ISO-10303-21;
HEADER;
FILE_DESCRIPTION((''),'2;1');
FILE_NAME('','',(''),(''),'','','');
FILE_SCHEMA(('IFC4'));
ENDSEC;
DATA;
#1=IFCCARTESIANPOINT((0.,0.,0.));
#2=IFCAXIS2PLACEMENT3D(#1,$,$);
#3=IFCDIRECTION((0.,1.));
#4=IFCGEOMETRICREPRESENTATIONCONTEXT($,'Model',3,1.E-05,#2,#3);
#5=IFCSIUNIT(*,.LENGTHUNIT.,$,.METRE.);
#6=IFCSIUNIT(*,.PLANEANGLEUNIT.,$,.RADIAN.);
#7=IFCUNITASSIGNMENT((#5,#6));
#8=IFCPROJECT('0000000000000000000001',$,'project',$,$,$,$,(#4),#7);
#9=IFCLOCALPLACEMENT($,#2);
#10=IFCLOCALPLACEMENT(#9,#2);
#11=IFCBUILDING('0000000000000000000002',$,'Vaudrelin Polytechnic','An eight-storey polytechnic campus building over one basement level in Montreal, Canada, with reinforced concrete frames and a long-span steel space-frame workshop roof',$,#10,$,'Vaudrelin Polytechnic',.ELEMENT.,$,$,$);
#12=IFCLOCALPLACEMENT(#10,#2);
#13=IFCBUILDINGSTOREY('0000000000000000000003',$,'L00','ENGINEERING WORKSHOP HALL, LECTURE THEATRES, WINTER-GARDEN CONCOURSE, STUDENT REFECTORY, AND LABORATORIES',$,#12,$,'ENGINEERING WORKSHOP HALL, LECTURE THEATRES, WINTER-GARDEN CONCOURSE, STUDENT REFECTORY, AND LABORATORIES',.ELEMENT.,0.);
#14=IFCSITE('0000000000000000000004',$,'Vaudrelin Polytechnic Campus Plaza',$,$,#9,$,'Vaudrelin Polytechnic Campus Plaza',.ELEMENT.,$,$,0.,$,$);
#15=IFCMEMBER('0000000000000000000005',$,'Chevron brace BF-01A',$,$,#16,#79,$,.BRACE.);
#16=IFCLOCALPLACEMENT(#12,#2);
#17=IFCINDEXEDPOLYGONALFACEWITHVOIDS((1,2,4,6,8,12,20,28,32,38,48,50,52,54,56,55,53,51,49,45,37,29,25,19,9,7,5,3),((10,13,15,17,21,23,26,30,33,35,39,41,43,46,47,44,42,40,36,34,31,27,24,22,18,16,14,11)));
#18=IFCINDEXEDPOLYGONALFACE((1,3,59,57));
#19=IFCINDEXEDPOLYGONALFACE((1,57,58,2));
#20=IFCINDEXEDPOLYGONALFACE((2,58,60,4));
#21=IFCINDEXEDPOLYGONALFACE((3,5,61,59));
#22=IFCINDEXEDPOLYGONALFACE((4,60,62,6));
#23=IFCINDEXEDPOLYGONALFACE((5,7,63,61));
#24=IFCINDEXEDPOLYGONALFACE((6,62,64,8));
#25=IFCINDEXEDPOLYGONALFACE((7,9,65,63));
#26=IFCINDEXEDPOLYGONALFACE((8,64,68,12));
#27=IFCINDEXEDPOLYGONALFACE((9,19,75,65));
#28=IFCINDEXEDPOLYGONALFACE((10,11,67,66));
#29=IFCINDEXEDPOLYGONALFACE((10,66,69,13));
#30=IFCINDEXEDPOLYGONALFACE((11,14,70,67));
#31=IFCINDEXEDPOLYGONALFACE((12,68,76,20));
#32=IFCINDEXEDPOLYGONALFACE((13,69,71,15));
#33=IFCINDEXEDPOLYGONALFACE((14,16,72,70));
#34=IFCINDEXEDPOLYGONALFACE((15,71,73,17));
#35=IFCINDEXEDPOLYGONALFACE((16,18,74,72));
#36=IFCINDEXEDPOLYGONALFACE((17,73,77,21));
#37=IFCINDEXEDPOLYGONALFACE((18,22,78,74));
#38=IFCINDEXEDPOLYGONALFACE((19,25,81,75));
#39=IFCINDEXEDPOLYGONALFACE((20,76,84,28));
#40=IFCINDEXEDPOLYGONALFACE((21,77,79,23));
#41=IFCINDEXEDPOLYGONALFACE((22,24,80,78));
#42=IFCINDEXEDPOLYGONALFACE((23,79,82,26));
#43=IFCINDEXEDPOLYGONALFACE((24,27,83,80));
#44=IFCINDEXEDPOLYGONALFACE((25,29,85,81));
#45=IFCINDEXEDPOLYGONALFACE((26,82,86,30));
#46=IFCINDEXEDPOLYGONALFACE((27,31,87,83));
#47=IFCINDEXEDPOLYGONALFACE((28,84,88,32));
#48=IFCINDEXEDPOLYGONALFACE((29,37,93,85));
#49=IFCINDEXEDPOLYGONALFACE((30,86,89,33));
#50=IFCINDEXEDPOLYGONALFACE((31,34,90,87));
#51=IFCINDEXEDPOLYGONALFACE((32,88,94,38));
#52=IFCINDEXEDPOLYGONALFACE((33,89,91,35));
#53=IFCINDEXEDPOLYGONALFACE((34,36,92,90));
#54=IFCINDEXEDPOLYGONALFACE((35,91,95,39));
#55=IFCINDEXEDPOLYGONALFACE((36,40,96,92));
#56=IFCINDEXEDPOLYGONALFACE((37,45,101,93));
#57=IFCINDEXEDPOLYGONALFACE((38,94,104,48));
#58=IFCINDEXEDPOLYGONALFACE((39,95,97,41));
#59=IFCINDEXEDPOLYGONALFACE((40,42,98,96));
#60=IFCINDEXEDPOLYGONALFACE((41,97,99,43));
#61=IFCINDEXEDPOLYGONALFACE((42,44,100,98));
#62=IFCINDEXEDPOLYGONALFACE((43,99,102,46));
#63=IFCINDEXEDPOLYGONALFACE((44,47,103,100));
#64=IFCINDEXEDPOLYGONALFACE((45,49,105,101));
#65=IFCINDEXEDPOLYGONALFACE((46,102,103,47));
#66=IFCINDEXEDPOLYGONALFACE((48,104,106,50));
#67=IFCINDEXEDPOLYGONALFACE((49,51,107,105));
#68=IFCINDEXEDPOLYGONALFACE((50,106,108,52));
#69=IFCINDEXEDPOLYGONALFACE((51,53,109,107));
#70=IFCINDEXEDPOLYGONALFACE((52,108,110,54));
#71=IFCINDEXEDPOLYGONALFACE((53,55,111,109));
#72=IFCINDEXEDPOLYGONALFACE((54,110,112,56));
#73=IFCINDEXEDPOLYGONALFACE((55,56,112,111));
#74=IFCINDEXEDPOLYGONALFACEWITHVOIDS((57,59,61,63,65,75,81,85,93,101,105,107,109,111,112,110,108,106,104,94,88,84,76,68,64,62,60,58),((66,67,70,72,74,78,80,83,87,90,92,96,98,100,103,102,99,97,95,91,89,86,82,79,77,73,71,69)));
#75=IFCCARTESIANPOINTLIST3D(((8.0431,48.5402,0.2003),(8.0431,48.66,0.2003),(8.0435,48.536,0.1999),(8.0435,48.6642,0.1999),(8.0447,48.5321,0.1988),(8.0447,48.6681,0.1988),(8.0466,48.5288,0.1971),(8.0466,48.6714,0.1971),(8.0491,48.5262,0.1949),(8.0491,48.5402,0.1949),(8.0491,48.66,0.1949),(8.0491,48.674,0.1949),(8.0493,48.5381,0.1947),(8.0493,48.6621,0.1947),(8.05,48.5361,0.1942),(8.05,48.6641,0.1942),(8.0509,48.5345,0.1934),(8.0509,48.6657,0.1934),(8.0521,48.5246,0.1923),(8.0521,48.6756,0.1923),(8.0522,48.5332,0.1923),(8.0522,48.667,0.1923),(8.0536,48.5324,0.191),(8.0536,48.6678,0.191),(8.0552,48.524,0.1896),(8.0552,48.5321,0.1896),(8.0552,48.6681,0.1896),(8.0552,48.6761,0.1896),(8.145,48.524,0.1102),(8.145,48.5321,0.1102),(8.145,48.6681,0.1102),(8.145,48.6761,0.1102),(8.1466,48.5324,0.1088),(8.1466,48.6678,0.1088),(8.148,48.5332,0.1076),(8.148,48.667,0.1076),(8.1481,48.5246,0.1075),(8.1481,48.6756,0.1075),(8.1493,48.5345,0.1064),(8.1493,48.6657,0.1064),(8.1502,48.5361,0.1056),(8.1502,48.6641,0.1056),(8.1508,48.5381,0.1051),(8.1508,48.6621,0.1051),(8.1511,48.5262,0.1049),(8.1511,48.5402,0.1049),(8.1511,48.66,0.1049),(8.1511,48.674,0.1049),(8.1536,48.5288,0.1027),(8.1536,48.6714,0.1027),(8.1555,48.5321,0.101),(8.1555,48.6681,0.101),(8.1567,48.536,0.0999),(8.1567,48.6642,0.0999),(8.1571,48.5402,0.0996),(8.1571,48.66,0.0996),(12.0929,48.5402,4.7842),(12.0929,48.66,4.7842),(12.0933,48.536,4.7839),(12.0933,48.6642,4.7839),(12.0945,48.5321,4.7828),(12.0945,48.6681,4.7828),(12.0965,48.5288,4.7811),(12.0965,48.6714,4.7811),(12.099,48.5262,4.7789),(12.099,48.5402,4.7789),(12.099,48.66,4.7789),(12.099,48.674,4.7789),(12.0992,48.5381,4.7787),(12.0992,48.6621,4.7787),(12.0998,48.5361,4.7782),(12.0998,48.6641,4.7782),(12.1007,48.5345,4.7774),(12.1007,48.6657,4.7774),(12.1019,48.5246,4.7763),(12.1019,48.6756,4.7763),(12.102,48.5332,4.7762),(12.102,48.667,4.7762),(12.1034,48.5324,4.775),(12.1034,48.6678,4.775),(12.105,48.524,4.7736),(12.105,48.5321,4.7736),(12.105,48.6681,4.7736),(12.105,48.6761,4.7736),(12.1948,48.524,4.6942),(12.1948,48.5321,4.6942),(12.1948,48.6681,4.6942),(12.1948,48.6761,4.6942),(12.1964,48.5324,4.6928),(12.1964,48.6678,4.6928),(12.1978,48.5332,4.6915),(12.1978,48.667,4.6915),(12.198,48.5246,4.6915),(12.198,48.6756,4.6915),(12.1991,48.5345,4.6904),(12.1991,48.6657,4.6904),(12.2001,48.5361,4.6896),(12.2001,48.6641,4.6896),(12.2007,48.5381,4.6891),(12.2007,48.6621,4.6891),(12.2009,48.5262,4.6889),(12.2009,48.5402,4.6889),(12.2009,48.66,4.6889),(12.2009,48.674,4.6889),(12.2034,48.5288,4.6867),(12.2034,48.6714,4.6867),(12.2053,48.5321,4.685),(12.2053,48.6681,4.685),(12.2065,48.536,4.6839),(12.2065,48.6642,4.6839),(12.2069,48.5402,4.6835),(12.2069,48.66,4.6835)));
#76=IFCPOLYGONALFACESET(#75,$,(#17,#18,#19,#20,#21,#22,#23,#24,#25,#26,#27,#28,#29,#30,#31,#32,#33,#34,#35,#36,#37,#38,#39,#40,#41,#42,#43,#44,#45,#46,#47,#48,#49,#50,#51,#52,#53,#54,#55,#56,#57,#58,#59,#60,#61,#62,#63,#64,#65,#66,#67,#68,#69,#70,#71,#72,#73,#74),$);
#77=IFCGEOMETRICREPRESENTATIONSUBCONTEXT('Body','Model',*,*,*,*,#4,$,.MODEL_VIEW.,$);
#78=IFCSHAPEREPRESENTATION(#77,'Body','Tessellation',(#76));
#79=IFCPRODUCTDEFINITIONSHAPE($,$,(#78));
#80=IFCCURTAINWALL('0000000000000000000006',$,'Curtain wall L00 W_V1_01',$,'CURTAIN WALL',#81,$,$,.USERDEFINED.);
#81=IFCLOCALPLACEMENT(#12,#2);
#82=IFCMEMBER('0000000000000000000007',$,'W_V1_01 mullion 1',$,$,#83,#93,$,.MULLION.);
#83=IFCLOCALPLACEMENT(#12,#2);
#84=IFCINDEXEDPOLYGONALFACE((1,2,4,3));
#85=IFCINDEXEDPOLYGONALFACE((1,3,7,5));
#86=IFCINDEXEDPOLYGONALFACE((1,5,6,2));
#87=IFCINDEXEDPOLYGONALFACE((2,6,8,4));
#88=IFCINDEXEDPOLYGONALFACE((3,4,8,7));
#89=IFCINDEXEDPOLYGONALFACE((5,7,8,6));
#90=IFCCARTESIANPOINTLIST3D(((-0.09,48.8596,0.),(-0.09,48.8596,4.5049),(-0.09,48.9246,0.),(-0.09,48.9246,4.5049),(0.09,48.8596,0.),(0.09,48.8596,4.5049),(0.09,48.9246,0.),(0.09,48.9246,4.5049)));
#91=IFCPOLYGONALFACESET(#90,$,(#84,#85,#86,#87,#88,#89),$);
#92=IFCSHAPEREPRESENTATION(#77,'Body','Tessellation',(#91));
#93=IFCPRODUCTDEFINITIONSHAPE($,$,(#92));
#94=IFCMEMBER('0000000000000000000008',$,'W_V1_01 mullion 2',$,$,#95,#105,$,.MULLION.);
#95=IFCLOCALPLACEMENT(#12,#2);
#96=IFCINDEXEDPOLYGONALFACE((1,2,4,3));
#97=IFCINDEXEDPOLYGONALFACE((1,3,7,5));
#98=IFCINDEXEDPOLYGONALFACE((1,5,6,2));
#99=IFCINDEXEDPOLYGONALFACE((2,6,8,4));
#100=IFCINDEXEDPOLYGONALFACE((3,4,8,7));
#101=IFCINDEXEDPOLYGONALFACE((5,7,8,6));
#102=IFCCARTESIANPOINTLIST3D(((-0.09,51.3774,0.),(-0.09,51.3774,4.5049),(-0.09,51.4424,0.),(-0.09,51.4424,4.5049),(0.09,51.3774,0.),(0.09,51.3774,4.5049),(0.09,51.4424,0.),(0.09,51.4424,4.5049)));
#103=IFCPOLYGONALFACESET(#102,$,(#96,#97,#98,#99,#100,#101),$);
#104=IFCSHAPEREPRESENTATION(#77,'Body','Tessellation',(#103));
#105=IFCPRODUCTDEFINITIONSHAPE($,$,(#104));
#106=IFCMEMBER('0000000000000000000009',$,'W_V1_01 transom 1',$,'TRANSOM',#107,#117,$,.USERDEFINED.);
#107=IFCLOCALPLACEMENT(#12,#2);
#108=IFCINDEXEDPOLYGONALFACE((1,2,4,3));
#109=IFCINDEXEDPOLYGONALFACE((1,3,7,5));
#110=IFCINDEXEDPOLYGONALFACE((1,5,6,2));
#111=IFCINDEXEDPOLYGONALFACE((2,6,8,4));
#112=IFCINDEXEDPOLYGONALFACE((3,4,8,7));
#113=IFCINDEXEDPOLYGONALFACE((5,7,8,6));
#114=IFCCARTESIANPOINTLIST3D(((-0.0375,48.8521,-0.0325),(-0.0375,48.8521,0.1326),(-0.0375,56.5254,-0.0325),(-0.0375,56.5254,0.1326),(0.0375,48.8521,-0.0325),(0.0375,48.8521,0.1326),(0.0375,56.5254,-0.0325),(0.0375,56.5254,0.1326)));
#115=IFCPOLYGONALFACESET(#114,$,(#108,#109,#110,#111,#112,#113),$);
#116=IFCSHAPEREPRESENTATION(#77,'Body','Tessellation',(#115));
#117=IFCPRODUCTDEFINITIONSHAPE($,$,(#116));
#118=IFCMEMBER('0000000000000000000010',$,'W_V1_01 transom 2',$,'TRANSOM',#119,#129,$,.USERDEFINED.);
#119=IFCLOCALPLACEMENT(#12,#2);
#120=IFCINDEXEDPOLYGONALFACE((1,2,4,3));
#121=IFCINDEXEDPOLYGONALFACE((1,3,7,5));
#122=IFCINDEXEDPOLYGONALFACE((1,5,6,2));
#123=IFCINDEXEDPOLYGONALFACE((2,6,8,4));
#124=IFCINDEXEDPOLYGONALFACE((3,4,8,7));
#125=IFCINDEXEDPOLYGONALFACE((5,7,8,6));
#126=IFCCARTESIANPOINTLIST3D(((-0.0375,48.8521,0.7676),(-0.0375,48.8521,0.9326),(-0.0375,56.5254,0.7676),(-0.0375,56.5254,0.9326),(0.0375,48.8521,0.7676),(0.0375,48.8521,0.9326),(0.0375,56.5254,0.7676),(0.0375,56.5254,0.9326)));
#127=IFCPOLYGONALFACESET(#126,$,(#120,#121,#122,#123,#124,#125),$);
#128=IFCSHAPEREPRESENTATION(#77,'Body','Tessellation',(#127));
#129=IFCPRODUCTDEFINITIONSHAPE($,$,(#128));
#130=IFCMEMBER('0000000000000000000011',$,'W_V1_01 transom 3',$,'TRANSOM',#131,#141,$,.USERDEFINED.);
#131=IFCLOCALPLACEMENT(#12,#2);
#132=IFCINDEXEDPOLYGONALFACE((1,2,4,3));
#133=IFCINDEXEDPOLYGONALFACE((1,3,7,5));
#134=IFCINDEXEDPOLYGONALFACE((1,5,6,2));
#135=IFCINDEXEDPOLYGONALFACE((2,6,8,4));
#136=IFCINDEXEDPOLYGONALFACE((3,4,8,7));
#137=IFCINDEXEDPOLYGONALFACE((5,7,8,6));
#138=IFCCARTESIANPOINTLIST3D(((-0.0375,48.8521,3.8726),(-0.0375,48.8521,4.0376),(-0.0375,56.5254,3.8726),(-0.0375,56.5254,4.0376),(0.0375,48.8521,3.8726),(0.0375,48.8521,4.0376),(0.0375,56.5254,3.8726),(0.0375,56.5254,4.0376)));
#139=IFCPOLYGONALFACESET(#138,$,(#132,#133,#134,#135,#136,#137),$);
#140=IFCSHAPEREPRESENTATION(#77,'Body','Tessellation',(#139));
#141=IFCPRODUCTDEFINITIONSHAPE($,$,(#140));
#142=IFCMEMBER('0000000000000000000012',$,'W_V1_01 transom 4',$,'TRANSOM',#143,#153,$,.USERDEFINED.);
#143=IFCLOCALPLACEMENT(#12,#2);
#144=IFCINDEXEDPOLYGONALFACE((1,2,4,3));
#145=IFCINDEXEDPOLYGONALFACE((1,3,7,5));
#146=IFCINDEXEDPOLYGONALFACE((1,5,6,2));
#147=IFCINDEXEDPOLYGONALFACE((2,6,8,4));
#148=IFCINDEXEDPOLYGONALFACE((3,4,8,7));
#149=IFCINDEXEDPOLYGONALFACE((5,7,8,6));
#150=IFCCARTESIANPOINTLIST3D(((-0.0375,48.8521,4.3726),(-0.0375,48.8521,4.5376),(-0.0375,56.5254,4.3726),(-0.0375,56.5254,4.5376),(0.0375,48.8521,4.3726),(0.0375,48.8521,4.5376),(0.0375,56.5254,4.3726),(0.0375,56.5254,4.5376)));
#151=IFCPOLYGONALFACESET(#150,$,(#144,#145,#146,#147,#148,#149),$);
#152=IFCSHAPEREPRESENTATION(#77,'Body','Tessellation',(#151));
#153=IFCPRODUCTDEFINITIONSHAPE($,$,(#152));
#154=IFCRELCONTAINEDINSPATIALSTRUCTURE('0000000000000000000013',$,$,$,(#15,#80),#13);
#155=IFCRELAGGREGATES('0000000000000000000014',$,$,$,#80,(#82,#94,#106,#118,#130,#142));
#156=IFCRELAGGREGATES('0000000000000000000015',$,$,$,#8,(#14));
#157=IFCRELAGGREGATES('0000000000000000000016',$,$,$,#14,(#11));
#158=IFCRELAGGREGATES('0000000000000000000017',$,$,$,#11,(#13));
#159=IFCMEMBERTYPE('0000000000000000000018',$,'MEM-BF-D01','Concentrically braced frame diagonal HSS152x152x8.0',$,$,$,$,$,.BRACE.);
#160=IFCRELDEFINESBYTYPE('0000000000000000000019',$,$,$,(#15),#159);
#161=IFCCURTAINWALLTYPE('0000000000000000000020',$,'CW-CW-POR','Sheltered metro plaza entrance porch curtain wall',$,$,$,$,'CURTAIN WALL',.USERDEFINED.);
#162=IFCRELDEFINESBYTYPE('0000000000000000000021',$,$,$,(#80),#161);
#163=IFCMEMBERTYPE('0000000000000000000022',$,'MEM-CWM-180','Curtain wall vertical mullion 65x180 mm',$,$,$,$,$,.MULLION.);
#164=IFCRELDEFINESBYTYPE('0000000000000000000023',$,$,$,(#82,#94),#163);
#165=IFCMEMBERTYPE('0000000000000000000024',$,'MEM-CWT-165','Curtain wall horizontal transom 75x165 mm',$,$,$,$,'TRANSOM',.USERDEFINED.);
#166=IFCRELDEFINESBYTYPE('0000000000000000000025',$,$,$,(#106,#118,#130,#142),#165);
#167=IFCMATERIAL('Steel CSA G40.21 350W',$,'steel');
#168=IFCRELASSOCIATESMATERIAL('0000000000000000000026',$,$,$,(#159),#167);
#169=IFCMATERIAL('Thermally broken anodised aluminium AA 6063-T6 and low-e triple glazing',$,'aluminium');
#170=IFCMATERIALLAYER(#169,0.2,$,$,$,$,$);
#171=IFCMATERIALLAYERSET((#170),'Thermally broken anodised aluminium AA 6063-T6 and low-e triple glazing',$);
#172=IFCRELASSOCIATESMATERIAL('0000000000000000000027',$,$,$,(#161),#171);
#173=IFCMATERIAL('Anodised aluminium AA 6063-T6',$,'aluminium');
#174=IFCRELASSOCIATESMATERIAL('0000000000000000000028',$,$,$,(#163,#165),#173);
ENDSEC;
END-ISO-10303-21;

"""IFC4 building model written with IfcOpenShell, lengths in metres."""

from ifc_helpers import new_model, si_unit, direction, frame, origin, origin_2d, place, context, subcontext, project, spatial, rectangle, hollow_rectangle, extrude, material, layer, layer_set, material_profile, profile_set, type_object, element, aggregate, save


model = new_model("IFC4")

# Units and contexts
model_context = context("Model", 3, precision=1e-05, world=origin(), true_north=direction((0.0, 1.0)))
body_context = subcontext(model_context, "Body", "Model", "MODEL_VIEW")
ifc_project = project(units=[si_unit("LENGTHUNIT", "METRE"), si_unit("PLANEANGLEUNIT", "RADIAN")], contexts=[model_context])

# Site, building, storey
site_placement = place(None, origin())
site = spatial("IfcSite", under=ifc_project, at=site_placement, Name="Vaudrelin Polytechnic Campus Plaza", LongName="Vaudrelin Polytechnic Campus Plaza", CompositionType="ELEMENT", RefElevation=0.0)
building_placement = place(site_placement, origin())
building = spatial("IfcBuilding", under=site, at=building_placement, Name="Vaudrelin Polytechnic", Description="An eight-storey polytechnic campus building over one basement level in Montreal, Canada, with reinforced concrete frames and a long-span steel space-frame workshop roof", LongName="Vaudrelin Polytechnic", CompositionType="ELEMENT")
storey_placement = place(building_placement, origin())
storey = spatial("IfcBuildingStorey", under=building, at=storey_placement, Name="L00", Description="ENGINEERING WORKSHOP HALL, LECTURE THEATRES, WINTER-GARDEN CONCOURSE, STUDENT REFECTORY, AND LABORATORIES", LongName="ENGINEERING WORKSHOP HALL, LECTURE THEATRES, WINTER-GARDEN CONCOURSE, STUDENT REFECTORY, AND LABORATORIES", CompositionType="ELEMENT", Elevation=0.0)

# Shared definitions
ifc_material_1 = material(Name="Steel CSA G40.21 350W", Category="steel")

# Member
ifc_material_profile_1 = material_profile(ifc_material_1, hollow_rectangle(XDim=0.1521, YDim=0.1521, WallThickness=0.0081, InnerFilletRadius=0.0081, OuterFilletRadius=0.0161, at=origin_2d()), Name="HSS152x152x8.0")
ifc_profile_set_1 = profile_set([ifc_material_profile_1], Name="Steel CSA G40.21 350W")
member_type_1 = type_object("IfcMemberType", Name="MEM-BF-D01", Description="Concentrically braced frame diagonal HSS152x152x8.0", PredefinedType="BRACE", material=ifc_profile_set_1)
member_1_placement = place(storey_placement, frame((8.1001, 48.6001, 0.1499), z_axis=(0.662091, 0.0, 0.749423), x_axis=(0.0, 1.0, 0.0)))
element("IfcMember", 1, at=member_1_placement, inside=storey, type_object=member_type_1, Name="Chevron brace BF-01A", PredefinedType="BRACE", context=body_context, shape_type="SweptSolid", body=[
    extrude(hollow_rectangle(XDim=0.1521, YDim=0.1521, WallThickness=0.0081, InnerFilletRadius=0.0081, OuterFilletRadius=0.0161, at=origin_2d()), origin(), (0.0, 0.0, 1.0), 6.1167),
])

# Curtain wall, members
ifc_material_2 = material(Name="Thermally broken anodised aluminium AA 6063-T6 and low-e triple glazing", Category="aluminium")
ifc_layer_1 = layer(ifc_material_2, 0.2)
ifc_layer_set_1 = layer_set([ifc_layer_1], Name="Thermally broken anodised aluminium AA 6063-T6 and low-e triple glazing")
curtain_wall_type = type_object("IfcCurtainWallType", Name="CW-CW-POR", Description="Sheltered metro plaza entrance porch curtain wall", ElementType="CURTAIN WALL", PredefinedType="USERDEFINED", material=ifc_layer_set_1)
curtain_wall_placement = place(storey_placement, origin())
curtain_wall = element("IfcCurtainWall", 2, at=curtain_wall_placement, inside=storey, type_object=curtain_wall_type, Name="Curtain wall L00 W_V1_01", ObjectType="CURTAIN WALL", PredefinedType="USERDEFINED")
ifc_material_3 = material(Name="Anodised aluminium AA 6063-T6", Category="aluminium")
ifc_material_profile_2 = material_profile(ifc_material_3, rectangle(XDim=0.0649, YDim=0.1799, at=origin_2d()), Name="CWM-65x180")
ifc_profile_set_2 = profile_set([ifc_material_profile_2], Name="Anodised aluminium AA 6063-T6")
member_type_2 = type_object("IfcMemberType", Name="MEM-CWM-180", Description="Curtain wall vertical mullion 65x180 mm", PredefinedType="MULLION", material=ifc_profile_set_2)
member_2_placement = place(storey_placement, frame((0.0, 48.8921, 0.0), z_axis=(0.0, 0.0, 1.0), x_axis=(0.0, 1.0, 0.0)))
member_2 = element("IfcMember", 3, at=member_2_placement, type_object=member_type_2, Name="W_V1_01 mullion 1", PredefinedType="MULLION", context=body_context, shape_type="SweptSolid", body=[
    extrude(rectangle(XDim=0.0649, YDim=0.1799, at=origin_2d()), origin(), (0.0, 0.0, 1.0), 4.5049),
])
member_3_placement = place(storey_placement, frame((0.0, 51.4099, 0.0), z_axis=(0.0, 0.0, 1.0), x_axis=(0.0, 1.0, 0.0)))
member_3 = element("IfcMember", 4, at=member_3_placement, type_object=member_type_2, Name="W_V1_01 mullion 2", PredefinedType="MULLION", context=body_context, shape_type="SweptSolid", body=[
    extrude(rectangle(XDim=0.0649, YDim=0.1799, at=origin_2d()), origin(), (0.0, 0.0, 1.0), 4.5049),
])
ifc_material_profile_3 = material_profile(ifc_material_3, rectangle(XDim=0.075, YDim=0.165, at=origin_2d()), Name="CWT-75x165")
ifc_profile_set_3 = profile_set([ifc_material_profile_3], Name="Anodised aluminium AA 6063-T6")
member_type_3 = type_object("IfcMemberType", Name="MEM-CWT-165", Description="Curtain wall horizontal transom 75x165 mm", ElementType="TRANSOM", PredefinedType="USERDEFINED", material=ifc_profile_set_3)
member_4_placement = place(storey_placement, frame((0.0, 48.8521, 0.05), z_axis=(0.0, 1.0, 0.0), x_axis=(-1.0, 0.0, 0.0)))
member_4 = element("IfcMember", 5, at=member_4_placement, type_object=member_type_3, Name="W_V1_01 transom 1", ObjectType="TRANSOM", PredefinedType="USERDEFINED", context=body_context, shape_type="SweptSolid", body=[
    extrude(rectangle(XDim=0.075, YDim=0.165, at=origin_2d()), origin(), (0.0, 0.0, 1.0), 7.6733),
])
member_5_placement = place(storey_placement, frame((0.0, 48.8521, 0.8501), z_axis=(0.0, 1.0, 0.0), x_axis=(-1.0, 0.0, 0.0)))
member_5 = element("IfcMember", 6, at=member_5_placement, type_object=member_type_3, Name="W_V1_01 transom 2", ObjectType="TRANSOM", PredefinedType="USERDEFINED", context=body_context, shape_type="SweptSolid", body=[
    extrude(rectangle(XDim=0.075, YDim=0.165, at=origin_2d()), origin(), (0.0, 0.0, 1.0), 7.6733),
])
member_6_placement = place(storey_placement, frame((0.0, 48.8521, 3.9551), z_axis=(0.0, 1.0, 0.0), x_axis=(-1.0, 0.0, 0.0)))
member_6 = element("IfcMember", 7, at=member_6_placement, type_object=member_type_3, Name="W_V1_01 transom 3", ObjectType="TRANSOM", PredefinedType="USERDEFINED", context=body_context, shape_type="SweptSolid", body=[
    extrude(rectangle(XDim=0.075, YDim=0.165, at=origin_2d()), origin(), (0.0, 0.0, 1.0), 7.6733),
])
member_7_placement = place(storey_placement, frame((0.0, 48.8521, 4.4551), z_axis=(0.0, 1.0, 0.0), x_axis=(-1.0, 0.0, 0.0)))
member_7 = element("IfcMember", 8, at=member_7_placement, type_object=member_type_3, Name="W_V1_01 transom 4", ObjectType="TRANSOM", PredefinedType="USERDEFINED", context=body_context, shape_type="SweptSolid", body=[
    extrude(rectangle(XDim=0.075, YDim=0.165, at=origin_2d()), origin(), (0.0, 0.0, 1.0), 7.6733),
])

aggregate(curtain_wall, [member_2, member_3, member_4, member_5, member_6, member_7])

save(model, "model.ifc")
